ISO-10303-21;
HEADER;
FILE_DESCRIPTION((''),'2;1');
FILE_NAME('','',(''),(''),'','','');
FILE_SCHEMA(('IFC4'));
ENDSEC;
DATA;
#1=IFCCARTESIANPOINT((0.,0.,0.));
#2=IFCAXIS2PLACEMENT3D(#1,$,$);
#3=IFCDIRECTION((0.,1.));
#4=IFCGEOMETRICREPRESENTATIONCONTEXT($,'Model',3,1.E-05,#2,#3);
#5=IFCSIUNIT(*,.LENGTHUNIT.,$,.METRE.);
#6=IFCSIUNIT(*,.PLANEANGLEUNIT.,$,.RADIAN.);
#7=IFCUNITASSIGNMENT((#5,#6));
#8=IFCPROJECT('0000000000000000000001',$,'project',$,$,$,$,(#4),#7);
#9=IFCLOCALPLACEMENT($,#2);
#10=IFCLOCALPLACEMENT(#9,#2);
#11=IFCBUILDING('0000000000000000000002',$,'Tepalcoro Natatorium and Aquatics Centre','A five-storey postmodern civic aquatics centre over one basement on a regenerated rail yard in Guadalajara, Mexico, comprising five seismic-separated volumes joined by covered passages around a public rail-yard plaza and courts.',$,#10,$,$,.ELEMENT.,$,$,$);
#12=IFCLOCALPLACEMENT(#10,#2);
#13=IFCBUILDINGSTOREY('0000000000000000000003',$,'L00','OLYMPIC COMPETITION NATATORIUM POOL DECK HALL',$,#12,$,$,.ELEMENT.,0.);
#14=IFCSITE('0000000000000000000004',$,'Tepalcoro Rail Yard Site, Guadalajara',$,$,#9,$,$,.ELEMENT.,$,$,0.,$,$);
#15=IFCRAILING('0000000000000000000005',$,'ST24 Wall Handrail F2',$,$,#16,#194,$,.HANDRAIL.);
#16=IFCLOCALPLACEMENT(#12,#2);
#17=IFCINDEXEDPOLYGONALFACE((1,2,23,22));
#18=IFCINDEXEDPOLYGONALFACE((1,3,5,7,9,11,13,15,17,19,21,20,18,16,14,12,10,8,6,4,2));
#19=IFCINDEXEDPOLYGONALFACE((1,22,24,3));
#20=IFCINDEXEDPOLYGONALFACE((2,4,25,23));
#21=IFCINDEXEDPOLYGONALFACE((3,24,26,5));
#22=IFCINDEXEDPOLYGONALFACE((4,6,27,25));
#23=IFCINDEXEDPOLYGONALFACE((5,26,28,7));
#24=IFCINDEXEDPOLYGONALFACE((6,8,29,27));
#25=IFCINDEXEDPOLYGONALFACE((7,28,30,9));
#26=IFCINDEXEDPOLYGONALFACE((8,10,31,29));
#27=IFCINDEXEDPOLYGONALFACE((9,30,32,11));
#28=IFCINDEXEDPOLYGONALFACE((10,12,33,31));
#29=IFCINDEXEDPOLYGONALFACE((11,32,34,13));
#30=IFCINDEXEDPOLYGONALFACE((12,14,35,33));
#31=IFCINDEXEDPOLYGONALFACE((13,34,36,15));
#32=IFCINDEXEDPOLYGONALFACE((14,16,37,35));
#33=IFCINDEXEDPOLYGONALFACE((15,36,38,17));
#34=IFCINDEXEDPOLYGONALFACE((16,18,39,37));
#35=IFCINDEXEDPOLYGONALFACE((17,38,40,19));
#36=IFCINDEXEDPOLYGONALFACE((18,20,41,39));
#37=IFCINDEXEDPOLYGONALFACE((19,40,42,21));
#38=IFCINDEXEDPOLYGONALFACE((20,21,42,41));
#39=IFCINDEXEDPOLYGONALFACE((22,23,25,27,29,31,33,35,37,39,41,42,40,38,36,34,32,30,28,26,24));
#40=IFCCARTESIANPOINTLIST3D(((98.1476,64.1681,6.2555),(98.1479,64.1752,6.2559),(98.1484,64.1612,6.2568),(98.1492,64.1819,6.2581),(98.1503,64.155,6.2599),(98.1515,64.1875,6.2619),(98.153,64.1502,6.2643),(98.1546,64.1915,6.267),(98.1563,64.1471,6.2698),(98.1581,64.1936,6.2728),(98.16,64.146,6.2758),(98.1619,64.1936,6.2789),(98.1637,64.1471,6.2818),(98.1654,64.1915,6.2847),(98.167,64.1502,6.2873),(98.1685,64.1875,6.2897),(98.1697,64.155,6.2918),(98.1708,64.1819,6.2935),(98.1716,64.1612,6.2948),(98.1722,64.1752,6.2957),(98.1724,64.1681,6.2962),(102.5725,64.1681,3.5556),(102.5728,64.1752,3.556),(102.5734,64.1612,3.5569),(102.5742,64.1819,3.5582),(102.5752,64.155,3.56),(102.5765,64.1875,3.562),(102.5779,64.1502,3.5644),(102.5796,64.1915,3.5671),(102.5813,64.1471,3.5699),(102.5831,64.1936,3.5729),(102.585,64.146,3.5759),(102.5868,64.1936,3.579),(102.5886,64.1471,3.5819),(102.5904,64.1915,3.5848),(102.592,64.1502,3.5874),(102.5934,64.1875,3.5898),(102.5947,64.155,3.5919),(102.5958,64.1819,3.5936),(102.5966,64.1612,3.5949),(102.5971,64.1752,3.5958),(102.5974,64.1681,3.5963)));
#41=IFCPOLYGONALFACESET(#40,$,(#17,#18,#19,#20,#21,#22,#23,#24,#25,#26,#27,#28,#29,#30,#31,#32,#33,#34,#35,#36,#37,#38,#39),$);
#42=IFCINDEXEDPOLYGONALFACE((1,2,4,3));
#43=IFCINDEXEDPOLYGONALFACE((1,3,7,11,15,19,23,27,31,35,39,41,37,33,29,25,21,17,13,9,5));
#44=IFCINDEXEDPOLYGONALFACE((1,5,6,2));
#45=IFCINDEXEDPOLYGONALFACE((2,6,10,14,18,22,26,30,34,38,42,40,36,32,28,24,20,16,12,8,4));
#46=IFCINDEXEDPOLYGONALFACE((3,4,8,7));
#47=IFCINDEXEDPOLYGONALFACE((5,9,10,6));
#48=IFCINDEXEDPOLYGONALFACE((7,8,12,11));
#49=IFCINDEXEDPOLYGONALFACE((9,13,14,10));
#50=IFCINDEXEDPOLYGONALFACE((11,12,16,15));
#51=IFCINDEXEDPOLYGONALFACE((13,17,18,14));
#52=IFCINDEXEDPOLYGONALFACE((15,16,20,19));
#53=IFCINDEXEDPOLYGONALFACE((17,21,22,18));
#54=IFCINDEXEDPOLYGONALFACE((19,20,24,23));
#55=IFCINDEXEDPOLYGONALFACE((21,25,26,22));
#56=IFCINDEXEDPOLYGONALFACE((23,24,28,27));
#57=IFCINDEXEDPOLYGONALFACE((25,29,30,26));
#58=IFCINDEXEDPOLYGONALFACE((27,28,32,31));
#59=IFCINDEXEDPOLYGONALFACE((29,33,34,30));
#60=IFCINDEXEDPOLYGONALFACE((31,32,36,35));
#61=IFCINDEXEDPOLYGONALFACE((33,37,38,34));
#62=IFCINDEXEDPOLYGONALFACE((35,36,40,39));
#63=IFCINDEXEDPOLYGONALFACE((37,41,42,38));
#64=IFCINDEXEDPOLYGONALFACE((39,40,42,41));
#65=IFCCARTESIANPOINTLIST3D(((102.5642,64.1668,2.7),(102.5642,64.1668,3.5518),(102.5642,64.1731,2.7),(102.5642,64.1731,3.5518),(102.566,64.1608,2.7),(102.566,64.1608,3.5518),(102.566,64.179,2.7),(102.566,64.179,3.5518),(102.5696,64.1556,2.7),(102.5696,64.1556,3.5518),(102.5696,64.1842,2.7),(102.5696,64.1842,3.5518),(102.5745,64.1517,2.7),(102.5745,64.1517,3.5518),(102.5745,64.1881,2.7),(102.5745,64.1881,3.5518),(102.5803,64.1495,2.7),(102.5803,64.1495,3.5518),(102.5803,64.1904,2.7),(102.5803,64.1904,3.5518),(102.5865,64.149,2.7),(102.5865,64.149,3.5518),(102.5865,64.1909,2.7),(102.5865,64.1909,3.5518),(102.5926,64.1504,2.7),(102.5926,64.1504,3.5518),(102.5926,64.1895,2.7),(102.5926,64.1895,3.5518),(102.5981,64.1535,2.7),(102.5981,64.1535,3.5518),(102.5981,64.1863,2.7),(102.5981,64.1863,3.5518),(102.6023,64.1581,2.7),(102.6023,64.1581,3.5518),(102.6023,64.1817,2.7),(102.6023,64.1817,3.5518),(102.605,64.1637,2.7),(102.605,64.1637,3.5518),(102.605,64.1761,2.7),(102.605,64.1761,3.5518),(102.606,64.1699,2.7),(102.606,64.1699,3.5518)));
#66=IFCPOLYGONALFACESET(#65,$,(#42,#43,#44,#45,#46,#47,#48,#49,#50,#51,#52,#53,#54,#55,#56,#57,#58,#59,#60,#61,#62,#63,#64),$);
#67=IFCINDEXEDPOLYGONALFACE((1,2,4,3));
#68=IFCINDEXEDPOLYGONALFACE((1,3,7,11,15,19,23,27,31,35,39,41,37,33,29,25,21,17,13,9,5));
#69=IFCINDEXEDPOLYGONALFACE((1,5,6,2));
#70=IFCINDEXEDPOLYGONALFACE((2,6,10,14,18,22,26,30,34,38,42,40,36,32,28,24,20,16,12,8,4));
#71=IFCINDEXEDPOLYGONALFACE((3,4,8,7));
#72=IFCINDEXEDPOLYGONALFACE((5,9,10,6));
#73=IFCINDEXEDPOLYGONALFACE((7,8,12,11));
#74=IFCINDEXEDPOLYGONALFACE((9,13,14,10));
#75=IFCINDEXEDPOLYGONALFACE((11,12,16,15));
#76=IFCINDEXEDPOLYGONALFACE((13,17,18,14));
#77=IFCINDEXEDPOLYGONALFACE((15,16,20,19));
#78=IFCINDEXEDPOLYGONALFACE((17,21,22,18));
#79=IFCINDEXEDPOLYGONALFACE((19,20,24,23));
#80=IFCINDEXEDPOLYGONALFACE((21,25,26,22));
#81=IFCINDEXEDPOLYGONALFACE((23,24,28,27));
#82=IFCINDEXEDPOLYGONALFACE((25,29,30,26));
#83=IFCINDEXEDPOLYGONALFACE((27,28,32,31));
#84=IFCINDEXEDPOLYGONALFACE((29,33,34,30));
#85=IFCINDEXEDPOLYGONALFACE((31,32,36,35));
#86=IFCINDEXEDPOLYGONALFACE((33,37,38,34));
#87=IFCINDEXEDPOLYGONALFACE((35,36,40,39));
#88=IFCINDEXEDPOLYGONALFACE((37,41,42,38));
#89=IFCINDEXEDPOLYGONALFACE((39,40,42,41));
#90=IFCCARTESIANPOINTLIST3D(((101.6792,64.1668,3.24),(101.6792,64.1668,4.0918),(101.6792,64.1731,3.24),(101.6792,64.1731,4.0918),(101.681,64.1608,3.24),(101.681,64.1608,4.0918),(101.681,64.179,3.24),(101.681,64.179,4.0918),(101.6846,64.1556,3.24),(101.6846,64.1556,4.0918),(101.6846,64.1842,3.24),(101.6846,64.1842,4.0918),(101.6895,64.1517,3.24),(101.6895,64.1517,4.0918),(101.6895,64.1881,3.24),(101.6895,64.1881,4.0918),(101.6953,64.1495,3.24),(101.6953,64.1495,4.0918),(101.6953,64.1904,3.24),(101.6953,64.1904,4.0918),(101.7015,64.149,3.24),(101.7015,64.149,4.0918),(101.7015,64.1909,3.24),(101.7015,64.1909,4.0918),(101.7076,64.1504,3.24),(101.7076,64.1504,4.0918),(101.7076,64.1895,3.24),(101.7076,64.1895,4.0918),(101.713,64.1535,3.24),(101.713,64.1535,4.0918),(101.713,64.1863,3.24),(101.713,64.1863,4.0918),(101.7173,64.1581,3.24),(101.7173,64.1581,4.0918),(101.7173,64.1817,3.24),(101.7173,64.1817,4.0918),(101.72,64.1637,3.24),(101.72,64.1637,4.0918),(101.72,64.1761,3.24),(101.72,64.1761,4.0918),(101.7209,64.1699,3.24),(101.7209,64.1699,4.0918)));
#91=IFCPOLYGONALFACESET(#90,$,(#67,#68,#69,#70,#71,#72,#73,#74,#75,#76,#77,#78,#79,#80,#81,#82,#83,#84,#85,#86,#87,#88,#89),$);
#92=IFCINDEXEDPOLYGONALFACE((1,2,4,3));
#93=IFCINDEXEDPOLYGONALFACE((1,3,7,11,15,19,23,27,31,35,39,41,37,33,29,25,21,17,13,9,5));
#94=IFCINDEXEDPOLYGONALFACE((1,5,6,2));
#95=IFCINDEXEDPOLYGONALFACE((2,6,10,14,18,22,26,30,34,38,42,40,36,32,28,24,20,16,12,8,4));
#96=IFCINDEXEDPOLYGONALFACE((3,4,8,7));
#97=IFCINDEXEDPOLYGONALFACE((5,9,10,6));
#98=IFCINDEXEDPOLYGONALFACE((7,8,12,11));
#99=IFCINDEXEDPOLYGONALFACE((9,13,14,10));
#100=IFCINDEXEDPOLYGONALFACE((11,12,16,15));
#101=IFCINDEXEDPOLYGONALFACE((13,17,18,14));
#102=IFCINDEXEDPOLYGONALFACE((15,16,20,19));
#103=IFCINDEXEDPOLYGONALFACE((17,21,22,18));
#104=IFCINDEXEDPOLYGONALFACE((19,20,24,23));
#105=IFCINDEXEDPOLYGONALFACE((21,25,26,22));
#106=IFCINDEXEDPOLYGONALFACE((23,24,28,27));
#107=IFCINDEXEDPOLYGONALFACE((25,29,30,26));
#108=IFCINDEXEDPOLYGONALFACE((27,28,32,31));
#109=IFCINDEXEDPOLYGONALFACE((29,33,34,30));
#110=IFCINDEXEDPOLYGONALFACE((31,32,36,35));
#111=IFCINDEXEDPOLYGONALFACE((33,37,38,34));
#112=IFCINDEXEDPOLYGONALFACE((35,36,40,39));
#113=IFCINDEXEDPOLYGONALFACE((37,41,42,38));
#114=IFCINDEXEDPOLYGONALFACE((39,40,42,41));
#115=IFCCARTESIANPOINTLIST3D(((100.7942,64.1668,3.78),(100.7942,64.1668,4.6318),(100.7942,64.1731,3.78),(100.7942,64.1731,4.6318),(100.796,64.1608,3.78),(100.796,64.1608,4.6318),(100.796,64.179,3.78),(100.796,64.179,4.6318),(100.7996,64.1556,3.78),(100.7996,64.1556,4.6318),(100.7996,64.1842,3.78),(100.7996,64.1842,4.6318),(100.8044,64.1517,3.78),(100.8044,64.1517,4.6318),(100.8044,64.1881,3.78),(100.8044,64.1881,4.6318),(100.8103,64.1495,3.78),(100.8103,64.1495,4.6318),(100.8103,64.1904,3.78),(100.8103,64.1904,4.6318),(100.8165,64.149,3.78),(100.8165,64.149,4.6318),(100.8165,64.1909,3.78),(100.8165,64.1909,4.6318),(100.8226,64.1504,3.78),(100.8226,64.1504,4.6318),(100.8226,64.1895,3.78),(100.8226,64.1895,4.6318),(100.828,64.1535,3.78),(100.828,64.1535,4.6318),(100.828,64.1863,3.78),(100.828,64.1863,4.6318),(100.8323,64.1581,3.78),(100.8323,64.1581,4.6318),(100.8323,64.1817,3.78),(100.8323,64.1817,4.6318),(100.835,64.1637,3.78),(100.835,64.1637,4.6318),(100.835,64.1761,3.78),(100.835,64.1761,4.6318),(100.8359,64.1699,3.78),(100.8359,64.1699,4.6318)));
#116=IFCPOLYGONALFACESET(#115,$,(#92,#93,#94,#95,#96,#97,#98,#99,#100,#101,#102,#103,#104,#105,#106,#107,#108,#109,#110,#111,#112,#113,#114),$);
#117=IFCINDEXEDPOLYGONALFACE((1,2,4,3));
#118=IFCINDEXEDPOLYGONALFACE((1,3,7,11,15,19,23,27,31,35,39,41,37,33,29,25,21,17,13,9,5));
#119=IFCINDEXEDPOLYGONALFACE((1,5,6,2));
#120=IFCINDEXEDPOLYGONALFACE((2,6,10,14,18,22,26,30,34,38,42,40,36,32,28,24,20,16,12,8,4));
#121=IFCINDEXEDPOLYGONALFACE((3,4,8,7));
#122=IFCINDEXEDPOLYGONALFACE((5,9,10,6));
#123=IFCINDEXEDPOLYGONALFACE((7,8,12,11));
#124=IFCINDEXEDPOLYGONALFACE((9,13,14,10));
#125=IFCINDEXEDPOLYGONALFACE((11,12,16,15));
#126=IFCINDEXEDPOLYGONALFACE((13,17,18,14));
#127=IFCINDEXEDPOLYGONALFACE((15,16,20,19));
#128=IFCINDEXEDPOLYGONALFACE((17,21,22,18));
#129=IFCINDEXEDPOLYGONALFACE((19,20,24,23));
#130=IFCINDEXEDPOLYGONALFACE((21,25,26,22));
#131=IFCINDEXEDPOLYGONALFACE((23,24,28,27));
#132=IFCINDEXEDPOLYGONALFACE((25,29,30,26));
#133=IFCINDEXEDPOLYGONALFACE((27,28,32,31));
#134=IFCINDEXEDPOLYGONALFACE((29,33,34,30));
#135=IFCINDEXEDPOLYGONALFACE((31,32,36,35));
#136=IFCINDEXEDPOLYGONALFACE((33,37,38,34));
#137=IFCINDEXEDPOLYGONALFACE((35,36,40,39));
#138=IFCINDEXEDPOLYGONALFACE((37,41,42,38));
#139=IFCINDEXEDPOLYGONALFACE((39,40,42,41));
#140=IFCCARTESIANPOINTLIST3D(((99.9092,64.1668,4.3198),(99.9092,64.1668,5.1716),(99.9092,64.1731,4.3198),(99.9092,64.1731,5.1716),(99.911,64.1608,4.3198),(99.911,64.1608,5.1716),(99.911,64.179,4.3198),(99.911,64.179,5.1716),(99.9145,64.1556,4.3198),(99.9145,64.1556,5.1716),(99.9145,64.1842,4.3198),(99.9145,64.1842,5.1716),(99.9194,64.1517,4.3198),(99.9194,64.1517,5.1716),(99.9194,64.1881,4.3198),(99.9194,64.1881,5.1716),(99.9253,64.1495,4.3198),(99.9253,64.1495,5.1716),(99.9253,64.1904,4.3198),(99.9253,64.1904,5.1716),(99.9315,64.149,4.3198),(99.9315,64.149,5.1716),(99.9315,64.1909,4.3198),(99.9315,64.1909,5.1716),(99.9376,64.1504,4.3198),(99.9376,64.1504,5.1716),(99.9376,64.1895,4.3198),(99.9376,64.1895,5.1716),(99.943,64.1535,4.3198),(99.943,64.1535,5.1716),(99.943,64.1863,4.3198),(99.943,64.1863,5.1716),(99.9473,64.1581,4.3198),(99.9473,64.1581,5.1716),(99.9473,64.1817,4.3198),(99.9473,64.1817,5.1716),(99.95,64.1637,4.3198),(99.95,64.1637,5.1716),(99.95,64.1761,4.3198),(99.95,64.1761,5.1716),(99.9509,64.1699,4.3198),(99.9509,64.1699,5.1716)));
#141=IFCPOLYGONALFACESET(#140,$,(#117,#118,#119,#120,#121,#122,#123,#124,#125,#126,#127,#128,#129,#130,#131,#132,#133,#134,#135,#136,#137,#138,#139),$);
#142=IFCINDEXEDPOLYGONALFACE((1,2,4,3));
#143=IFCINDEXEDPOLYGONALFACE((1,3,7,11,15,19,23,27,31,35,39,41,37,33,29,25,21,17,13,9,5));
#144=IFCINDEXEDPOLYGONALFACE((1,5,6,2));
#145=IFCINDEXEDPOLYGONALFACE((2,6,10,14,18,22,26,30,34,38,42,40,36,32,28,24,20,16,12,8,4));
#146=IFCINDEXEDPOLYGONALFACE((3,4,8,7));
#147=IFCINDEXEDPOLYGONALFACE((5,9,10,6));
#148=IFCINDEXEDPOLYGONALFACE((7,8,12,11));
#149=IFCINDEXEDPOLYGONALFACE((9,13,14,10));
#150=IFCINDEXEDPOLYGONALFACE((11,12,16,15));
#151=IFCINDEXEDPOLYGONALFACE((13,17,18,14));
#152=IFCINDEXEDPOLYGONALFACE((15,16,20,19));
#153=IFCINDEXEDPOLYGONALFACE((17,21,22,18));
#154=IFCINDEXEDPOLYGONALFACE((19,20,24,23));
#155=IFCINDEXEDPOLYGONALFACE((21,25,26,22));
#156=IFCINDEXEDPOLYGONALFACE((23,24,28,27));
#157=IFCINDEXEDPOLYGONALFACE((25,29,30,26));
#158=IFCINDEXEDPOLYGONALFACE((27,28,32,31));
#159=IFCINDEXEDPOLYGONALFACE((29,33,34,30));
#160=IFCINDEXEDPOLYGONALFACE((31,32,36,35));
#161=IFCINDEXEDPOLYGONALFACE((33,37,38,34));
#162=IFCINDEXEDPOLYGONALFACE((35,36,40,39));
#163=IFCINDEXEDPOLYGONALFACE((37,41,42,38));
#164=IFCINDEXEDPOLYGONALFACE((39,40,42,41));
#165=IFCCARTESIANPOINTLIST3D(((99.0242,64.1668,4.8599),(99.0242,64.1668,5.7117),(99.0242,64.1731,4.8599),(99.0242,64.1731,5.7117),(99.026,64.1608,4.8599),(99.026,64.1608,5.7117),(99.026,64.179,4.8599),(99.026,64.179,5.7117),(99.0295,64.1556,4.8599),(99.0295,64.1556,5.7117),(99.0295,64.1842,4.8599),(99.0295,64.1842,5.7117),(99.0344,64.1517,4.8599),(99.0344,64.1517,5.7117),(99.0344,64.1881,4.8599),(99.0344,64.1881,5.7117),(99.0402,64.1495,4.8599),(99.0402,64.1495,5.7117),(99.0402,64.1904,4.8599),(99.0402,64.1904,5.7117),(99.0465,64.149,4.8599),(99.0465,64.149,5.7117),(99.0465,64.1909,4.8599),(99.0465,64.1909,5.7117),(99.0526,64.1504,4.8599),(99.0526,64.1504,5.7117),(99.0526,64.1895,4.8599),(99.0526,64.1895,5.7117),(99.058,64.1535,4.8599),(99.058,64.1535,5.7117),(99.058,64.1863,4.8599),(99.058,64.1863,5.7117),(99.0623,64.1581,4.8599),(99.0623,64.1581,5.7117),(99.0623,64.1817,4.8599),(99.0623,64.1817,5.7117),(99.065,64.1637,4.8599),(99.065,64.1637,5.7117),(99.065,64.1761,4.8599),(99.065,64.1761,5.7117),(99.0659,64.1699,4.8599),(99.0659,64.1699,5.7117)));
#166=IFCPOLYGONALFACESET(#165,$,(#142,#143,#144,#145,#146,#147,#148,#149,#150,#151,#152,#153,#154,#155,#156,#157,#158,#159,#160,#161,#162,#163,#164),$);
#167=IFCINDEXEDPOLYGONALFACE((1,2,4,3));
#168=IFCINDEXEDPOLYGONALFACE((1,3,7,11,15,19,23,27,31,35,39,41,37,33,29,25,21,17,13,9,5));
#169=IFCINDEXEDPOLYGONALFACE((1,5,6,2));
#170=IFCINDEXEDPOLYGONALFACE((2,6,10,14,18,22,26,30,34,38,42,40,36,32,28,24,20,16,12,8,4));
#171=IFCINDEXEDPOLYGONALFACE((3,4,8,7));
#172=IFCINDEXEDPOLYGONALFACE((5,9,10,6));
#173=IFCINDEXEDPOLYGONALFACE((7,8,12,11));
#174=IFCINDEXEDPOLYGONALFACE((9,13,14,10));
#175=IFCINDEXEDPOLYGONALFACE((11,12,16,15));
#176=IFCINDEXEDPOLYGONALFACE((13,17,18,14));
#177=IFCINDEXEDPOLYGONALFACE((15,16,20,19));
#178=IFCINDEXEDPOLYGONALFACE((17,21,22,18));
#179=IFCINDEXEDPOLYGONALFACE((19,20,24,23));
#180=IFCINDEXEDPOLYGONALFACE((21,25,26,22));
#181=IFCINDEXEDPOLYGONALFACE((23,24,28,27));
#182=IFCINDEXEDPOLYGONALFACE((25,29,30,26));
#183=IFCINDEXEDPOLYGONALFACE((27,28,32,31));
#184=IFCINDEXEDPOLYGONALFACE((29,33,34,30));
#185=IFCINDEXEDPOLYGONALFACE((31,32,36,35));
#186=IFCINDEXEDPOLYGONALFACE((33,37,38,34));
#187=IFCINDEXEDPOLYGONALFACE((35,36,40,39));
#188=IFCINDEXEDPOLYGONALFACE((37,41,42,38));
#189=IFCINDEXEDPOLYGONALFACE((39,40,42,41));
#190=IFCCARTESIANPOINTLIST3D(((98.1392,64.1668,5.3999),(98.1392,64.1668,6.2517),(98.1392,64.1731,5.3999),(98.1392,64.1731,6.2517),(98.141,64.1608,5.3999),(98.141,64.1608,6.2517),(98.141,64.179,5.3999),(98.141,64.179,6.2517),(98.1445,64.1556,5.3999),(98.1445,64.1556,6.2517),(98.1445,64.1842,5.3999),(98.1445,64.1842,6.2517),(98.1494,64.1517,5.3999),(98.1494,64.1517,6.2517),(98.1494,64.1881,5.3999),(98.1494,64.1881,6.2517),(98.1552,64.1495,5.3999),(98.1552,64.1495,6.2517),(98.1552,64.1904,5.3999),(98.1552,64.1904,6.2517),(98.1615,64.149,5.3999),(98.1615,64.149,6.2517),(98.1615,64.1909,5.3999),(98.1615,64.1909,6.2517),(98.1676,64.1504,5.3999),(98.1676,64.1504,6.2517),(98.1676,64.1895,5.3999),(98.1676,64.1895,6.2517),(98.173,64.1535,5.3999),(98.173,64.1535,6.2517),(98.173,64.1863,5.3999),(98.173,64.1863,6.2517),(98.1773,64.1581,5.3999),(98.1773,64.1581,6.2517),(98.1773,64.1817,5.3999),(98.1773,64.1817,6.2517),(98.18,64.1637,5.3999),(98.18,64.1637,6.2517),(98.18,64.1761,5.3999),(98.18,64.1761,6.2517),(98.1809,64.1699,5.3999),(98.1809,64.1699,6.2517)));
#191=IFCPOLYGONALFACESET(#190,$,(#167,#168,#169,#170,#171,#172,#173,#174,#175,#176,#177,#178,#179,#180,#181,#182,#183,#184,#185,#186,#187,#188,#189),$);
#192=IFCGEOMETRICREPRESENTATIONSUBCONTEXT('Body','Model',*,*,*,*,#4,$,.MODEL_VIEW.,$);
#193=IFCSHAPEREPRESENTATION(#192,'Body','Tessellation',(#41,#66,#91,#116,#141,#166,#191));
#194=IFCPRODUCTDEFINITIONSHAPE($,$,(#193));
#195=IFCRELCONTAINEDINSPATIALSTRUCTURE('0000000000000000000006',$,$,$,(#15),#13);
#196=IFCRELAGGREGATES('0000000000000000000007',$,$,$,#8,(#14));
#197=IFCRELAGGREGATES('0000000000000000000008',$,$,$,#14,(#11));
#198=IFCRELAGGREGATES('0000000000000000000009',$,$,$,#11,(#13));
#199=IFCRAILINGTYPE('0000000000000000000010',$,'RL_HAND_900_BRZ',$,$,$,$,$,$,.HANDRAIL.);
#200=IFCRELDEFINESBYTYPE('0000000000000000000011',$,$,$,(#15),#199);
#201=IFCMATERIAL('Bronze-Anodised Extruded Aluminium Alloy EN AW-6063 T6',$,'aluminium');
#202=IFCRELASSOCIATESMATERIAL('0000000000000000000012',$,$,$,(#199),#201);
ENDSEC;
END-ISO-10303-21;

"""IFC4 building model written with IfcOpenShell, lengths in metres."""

from ifc_helpers import new_model, si_unit, direction, frame, origin, origin_2d, place, context, subcontext, project, spatial, circle, extrude, material, type_object, element, save


model = new_model("IFC4")

# Units and contexts
model_context = context("Model", 3, precision=1e-05, world=origin(), true_north=direction((0.0, 1.0)))
body_context = subcontext(model_context, "Body", "Model", "MODEL_VIEW")
ifc_project = project(units=[si_unit("LENGTHUNIT", "METRE"), si_unit("PLANEANGLEUNIT", "RADIAN")], contexts=[model_context])

# Site, building, storey
site_placement = place(None, origin())
site = spatial("IfcSite", under=ifc_project, at=site_placement, Name="Tepalcoro Rail Yard Site, Guadalajara", CompositionType="ELEMENT", RefElevation=0.0)
building_placement = place(site_placement, origin())
building = spatial("IfcBuilding", under=site, at=building_placement, Name="Tepalcoro Natatorium and Aquatics Centre", Description="A five-storey postmodern civic aquatics centre over one basement on a regenerated rail yard in Guadalajara, Mexico, comprising five seismic-separated volumes joined by covered passages around a public rail-yard plaza and courts.", CompositionType="ELEMENT")
storey_placement = place(building_placement, origin())
storey = spatial("IfcBuildingStorey", under=building, at=storey_placement, Name="L00", Description="OLYMPIC COMPETITION NATATORIUM POOL DECK HALL", CompositionType="ELEMENT", Elevation=0.0)

# Shared definitions
ifc_material_1 = material(Name="Bronze-Anodised Extruded Aluminium Alloy EN AW-6063 T6", Category="aluminium")

# Railing
railing_type = type_object("IfcRailingType", Name="RL_HAND_900_BRZ", PredefinedType="HANDRAIL", material=ifc_material_1)
railing_placement = place(storey_placement, frame((102.585, 64.1699, 2.7)))
element("IfcRailing", 1, at=railing_placement, inside=storey, type_object=railing_type, Name="ST24 Wall Handrail F2", PredefinedType="HANDRAIL", context=body_context, shape_type="SweptSolid", body=[
    extrude(circle(Radius=0.0239, at=origin_2d()), frame((0.0, 0.0, 0.876), z_axis=(-0.853646, 0.0, 0.520854), x_axis=(0.0, -1.0, 0.0)), (0.0, 0.0, 1.0), 5.1836),
    extrude(circle(Radius=0.021, at=origin_2d()), origin(), (0.0, 0.0, 1.0), 0.8518),
    extrude(circle(Radius=0.021, at=origin_2d()), frame((-0.885, 0.0, 0.54)), (0.0, 0.0, 1.0), 0.8518),
    extrude(circle(Radius=0.021, at=origin_2d()), frame((-1.77, 0.0, 1.0801)), (0.0, 0.0, 1.0), 0.8518),
    extrude(circle(Radius=0.021, at=origin_2d()), frame((-2.655, 0.0, 1.6199)), (0.0, 0.0, 1.0), 0.8518),
    extrude(circle(Radius=0.021, at=origin_2d()), frame((-3.54, 0.0, 2.1599)), (0.0, 0.0, 1.0), 0.8518),
    extrude(circle(Radius=0.021, at=origin_2d()), frame((-4.425, 0.0, 2.7)), (0.0, 0.0, 1.0), 0.8518),
])

save(model, "model.ifc")
